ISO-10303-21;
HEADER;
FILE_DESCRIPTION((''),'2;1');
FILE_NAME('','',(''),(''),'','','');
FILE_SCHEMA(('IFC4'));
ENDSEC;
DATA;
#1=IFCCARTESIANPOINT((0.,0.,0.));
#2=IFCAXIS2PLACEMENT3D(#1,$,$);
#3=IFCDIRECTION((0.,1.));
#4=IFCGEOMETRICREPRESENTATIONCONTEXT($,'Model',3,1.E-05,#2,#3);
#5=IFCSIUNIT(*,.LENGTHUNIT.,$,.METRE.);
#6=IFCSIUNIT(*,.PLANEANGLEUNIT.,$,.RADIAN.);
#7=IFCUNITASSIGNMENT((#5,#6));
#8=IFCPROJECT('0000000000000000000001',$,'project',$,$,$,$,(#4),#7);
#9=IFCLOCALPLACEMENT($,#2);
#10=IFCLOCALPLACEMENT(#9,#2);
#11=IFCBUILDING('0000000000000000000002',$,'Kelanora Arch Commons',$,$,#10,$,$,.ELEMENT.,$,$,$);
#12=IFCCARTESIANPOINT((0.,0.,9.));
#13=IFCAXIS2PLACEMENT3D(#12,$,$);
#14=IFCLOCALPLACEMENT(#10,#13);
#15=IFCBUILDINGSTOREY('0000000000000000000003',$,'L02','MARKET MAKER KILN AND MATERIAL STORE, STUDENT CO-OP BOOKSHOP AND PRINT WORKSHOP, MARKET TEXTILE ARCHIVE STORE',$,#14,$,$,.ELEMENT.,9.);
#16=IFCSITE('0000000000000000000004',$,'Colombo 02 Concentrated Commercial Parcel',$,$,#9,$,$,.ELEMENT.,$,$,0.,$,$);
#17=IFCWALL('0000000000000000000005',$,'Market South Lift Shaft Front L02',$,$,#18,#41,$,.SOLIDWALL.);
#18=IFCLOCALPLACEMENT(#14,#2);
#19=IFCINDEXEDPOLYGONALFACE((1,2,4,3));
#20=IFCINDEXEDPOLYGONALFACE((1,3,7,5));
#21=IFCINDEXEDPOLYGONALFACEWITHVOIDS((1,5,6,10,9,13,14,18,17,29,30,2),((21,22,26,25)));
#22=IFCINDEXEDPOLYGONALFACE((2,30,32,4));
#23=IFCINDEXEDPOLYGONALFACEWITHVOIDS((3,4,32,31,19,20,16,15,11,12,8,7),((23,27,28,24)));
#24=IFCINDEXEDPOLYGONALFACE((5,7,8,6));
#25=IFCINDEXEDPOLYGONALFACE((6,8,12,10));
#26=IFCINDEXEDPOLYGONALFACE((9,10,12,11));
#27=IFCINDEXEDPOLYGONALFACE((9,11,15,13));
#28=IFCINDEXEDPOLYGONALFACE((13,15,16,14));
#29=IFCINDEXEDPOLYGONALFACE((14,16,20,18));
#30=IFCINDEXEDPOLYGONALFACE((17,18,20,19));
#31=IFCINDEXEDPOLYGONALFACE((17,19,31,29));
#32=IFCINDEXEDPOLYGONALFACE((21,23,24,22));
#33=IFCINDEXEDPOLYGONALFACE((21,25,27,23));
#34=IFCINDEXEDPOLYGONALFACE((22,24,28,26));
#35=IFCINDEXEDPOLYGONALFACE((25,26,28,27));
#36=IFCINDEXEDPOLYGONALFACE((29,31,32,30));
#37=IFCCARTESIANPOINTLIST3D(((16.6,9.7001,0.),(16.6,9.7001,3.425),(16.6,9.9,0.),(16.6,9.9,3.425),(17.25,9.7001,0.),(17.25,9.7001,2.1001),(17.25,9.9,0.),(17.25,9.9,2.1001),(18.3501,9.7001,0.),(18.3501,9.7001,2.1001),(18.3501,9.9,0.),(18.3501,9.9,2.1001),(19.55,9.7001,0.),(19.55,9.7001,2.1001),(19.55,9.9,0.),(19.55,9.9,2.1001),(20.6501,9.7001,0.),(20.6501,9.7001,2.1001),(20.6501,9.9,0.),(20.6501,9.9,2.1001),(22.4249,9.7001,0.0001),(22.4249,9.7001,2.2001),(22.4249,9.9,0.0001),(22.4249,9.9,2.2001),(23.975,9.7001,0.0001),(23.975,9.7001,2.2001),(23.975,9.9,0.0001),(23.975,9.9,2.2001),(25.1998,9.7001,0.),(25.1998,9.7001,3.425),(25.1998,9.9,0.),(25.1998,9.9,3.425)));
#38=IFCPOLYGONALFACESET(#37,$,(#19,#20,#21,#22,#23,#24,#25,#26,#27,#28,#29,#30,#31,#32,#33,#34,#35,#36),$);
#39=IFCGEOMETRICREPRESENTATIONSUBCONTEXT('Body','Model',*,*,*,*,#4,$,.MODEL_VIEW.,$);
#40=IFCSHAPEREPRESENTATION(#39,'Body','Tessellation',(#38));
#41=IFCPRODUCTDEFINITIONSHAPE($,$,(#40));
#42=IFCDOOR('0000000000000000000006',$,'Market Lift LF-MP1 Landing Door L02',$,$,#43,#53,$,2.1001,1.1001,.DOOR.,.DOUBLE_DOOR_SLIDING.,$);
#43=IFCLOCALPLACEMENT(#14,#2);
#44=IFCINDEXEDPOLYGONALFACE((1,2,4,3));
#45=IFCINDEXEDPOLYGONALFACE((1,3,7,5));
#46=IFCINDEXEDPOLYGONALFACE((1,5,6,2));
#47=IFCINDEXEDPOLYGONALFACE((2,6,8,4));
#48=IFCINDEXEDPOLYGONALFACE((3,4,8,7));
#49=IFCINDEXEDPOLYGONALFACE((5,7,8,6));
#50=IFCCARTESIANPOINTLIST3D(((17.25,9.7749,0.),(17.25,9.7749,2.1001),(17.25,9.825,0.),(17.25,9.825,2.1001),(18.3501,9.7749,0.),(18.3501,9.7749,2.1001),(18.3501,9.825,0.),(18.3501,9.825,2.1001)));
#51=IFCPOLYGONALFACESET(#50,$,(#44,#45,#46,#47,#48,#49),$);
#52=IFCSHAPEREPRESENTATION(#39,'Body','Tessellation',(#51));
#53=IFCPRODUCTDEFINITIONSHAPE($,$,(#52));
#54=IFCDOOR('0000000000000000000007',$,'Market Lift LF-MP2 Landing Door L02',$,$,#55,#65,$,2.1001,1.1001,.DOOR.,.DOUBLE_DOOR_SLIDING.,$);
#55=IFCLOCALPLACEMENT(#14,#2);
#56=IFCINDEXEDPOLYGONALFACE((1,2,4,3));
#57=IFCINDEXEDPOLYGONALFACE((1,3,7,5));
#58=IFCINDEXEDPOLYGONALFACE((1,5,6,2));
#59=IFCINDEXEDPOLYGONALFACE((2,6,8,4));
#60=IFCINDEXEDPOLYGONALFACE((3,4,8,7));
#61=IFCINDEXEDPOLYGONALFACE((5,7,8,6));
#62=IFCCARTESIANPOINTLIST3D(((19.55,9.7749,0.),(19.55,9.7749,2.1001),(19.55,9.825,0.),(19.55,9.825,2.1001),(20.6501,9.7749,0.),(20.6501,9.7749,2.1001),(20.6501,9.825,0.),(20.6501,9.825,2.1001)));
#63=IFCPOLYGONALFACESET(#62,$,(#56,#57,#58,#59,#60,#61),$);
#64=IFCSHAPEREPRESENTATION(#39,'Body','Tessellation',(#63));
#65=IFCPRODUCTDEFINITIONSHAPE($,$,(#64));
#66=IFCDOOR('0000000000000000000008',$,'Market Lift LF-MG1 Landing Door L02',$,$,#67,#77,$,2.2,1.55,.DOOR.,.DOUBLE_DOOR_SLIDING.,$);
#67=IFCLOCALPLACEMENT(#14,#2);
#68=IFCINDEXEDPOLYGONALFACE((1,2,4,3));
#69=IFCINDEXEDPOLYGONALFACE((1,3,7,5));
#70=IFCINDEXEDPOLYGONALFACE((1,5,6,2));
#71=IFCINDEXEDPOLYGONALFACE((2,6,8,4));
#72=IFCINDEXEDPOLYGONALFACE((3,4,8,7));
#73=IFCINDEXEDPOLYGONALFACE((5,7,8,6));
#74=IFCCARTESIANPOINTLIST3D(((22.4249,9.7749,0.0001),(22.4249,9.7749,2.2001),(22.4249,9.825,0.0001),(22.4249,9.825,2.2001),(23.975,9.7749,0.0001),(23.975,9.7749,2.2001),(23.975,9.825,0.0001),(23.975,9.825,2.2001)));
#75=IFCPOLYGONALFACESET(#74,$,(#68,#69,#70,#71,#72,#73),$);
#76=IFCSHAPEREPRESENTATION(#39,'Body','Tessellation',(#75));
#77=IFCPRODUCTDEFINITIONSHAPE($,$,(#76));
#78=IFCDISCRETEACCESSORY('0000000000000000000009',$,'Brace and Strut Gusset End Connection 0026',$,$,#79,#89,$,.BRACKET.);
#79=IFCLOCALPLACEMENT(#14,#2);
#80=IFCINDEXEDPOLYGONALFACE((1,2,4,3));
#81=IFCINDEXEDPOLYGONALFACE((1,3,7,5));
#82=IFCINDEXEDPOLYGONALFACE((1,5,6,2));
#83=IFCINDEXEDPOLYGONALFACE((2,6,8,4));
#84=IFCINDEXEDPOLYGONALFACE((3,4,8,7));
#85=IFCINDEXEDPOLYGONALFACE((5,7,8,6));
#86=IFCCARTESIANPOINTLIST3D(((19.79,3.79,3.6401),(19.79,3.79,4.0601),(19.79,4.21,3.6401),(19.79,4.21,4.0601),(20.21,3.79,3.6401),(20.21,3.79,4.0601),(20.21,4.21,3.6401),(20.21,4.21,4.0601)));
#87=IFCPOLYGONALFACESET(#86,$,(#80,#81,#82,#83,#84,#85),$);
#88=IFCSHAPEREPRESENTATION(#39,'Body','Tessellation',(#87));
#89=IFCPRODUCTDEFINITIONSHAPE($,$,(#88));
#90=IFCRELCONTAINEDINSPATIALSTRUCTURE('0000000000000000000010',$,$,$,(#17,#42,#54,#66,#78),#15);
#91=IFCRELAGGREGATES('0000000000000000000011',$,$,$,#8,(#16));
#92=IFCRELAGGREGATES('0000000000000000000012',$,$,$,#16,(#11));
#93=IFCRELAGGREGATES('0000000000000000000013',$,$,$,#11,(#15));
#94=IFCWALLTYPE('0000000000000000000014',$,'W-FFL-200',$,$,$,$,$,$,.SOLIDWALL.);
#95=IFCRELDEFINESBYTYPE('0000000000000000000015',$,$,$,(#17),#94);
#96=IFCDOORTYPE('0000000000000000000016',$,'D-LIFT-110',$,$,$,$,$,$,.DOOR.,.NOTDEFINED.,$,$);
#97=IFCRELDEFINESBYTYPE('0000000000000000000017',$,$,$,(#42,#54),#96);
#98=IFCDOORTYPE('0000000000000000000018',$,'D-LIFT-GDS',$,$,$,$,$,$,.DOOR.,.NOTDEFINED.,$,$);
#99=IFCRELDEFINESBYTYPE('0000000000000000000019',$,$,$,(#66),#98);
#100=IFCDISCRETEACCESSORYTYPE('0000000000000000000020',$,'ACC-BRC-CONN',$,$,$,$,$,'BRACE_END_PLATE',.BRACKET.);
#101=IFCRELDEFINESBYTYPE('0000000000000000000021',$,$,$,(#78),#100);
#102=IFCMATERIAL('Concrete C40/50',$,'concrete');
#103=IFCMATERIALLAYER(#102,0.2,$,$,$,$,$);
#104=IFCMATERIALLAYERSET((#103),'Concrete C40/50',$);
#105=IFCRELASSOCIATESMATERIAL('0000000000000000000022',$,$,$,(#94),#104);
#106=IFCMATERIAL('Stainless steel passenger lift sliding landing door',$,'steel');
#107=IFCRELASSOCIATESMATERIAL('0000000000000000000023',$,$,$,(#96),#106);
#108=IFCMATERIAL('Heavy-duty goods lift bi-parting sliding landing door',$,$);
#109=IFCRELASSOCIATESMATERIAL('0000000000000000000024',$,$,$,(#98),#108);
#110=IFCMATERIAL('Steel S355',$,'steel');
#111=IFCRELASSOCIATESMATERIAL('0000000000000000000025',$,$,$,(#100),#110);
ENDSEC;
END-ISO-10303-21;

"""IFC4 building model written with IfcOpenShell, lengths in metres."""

from ifc_helpers import new_model, si_unit, direction, frame, frame_2d, origin, origin_2d, place, context, subcontext, project, spatial, rectangle, extrude, source, transform, mapped, material, layer, layer_set, type_object, element, fill, save


model = new_model("IFC4")

# Units and contexts
model_context = context("Model", 3, precision=1e-05, world=origin(), true_north=direction((0.0, 1.0)))
body_context = subcontext(model_context, "Body", "Model", "MODEL_VIEW")
ifc_project = project(units=[si_unit("LENGTHUNIT", "METRE"), si_unit("PLANEANGLEUNIT", "RADIAN")], contexts=[model_context])

# Site, building, storey
site_placement = place(None, origin())
site = spatial("IfcSite", under=ifc_project, at=site_placement, Name="Colombo 02 Concentrated Commercial Parcel", CompositionType="ELEMENT", RefElevation=0.0)
building_placement = place(site_placement, origin())
building = spatial("IfcBuilding", under=site, at=building_placement, Name="Kelanora Arch Commons", CompositionType="ELEMENT")
storey_placement = place(building_placement, frame((0.0, 0.0, 9.0)))
storey = spatial("IfcBuildingStorey", under=building, at=storey_placement, Name="L02", Description="MARKET MAKER KILN AND MATERIAL STORE, STUDENT CO-OP BOOKSHOP AND PRINT WORKSHOP, MARKET TEXTILE ARCHIVE STORE", CompositionType="ELEMENT", Elevation=9.0)

# Shared definitions
ifc_material_1 = material(Name="Concrete C40/50", Category="concrete")

# Wall, openings, doors
ifc_layer_1 = layer(ifc_material_1, 0.2)
ifc_layer_set_1 = layer_set([ifc_layer_1], Name="Concrete C40/50")
wall_type_1 = type_object("IfcWallType", Name="W-FFL-200", PredefinedType="SOLIDWALL", material=ifc_layer_set_1)
wall_1_placement = place(storey_placement, frame((16.6001, 9.8, 0.0), z_axis=(0.0, 0.0, 1.0), x_axis=(1.0, 0.0, 0.0)))
wall_1 = element("IfcWall", 1, at=wall_1_placement, inside=storey, type_object=wall_type_1, Name="Market South Lift Shaft Front L02", PredefinedType="SOLIDWALL", context=body_context, shape_type="SweptSolid", body=[
    extrude(rectangle(XDim=8.5999, YDim=0.2, at=frame_2d((4.2998, 0.0))), origin(), (0.0, 0.0, 1.0), 3.425),
])
opening_1_placement = place(wall_1_placement, frame((0.6499, 0.0, 0.0)))
opening_1 = element("IfcOpeningElement", 2, at=opening_1_placement, cuts=wall_1, PredefinedType="OPENING", context=body_context, shape_type="SweptSolid", body=[
    extrude(rectangle(XDim=1.1001, YDim=2.1001, at=frame_2d((0.55, 1.05))), frame((0.0, 0.1099, 0.0), z_axis=(0.0, -1.0, 0.0), x_axis=(1.0, 0.0, 0.0)), (0.0, 0.0, 1.0), 0.22),
])
opening_2_placement = place(wall_1_placement, frame((2.95, 0.0, 0.0)))
opening_2 = element("IfcOpeningElement", 3, at=opening_2_placement, cuts=wall_1, PredefinedType="OPENING", context=body_context, shape_type="SweptSolid", body=[
    extrude(rectangle(XDim=1.1001, YDim=2.1001, at=frame_2d((0.55, 1.05))), frame((0.0, 0.1099, 0.0), z_axis=(0.0, -1.0, 0.0), x_axis=(1.0, 0.0, 0.0)), (0.0, 0.0, 1.0), 0.22),
])
opening_3_placement = place(wall_1_placement, frame((5.825, 0.0, 0.0)))
opening_3 = element("IfcOpeningElement", 4, at=opening_3_placement, cuts=wall_1, PredefinedType="OPENING", context=body_context, shape_type="SweptSolid", body=[
    extrude(rectangle(XDim=1.55, YDim=2.2, at=frame_2d((0.7749, 1.1001))), frame((0.0, 0.1099, 0.0), z_axis=(0.0, -1.0, 0.0), x_axis=(1.0, 0.0, 0.0)), (0.0, 0.0, 1.0), 0.22),
])
ifc_material_2 = material(Name="Stainless steel passenger lift sliding landing door", Category="steel")
door_type_1 = type_object("IfcDoorType", Name="D-LIFT-110", OperationType="NOTDEFINED", PredefinedType="DOOR", material=ifc_material_2)
door_1_placement = place(opening_1_placement, origin())
door_1 = element("IfcDoor", 5, at=door_1_placement, inside=storey, type_object=door_type_1, Name="Market Lift LF-MP1 Landing Door L02", OperationType="DOUBLE_DOOR_SLIDING", OverallHeight=2.1001, OverallWidth=1.1001, PredefinedType="DOOR", context=body_context, shape_type="SweptSolid", body=[
    extrude(rectangle(XDim=1.1001, YDim=2.1001, at=frame_2d((0.55, 1.05))), frame((0.0, 0.0249, 0.0), z_axis=(0.0, -1.0, 0.0), x_axis=(1.0, 0.0, 0.0)), (0.0, 0.0, 1.0), 0.05),
])
fill(opening_1, door_1)
door_2_placement = place(opening_2_placement, origin())
door_2 = element("IfcDoor", 6, at=door_2_placement, inside=storey, type_object=door_type_1, Name="Market Lift LF-MP2 Landing Door L02", OperationType="DOUBLE_DOOR_SLIDING", OverallHeight=2.1001, OverallWidth=1.1001, PredefinedType="DOOR", context=body_context, shape_type="SweptSolid", body=[
    extrude(rectangle(XDim=1.1001, YDim=2.1001, at=frame_2d((0.55, 1.05))), frame((0.0, 0.0249, 0.0), z_axis=(0.0, -1.0, 0.0), x_axis=(1.0, 0.0, 0.0)), (0.0, 0.0, 1.0), 0.05),
])
fill(opening_2, door_2)
ifc_material_3 = material(Name="Heavy-duty goods lift bi-parting sliding landing door")
door_type_2 = type_object("IfcDoorType", Name="D-LIFT-GDS", OperationType="NOTDEFINED", PredefinedType="DOOR", material=ifc_material_3)
door_3_placement = place(opening_3_placement, origin())
door_3 = element("IfcDoor", 7, at=door_3_placement, inside=storey, type_object=door_type_2, Name="Market Lift LF-MG1 Landing Door L02", OperationType="DOUBLE_DOOR_SLIDING", OverallHeight=2.2, OverallWidth=1.55, PredefinedType="DOOR", context=body_context, shape_type="SweptSolid", body=[
    extrude(rectangle(XDim=1.55, YDim=2.2, at=frame_2d((0.7749, 1.1001))), frame((0.0, 0.0249, 0.0), z_axis=(0.0, -1.0, 0.0), x_axis=(1.0, 0.0, 0.0)), (0.0, 0.0, 1.0), 0.05),
])
fill(opening_3, door_3)

# Discrete accessory
ifc_material_4 = material(Name="Steel S355", Category="steel")
discrete_accessory_type = type_object("IfcDiscreteAccessoryType", Name="ACC-BRC-CONN", ElementType="BRACE_END_PLATE", PredefinedType="BRACKET", material=ifc_material_4)
shared_shape_1 = source(origin(), body_context, "Body", "SweptSolid", [
    extrude(rectangle(XDim=0.4199, YDim=0.4199, at=origin_2d()), origin(), (0.0, 0.0, 1.0), 0.4199),
])
discrete_accessory_placement = place(storey_placement, frame((20.0, 4.0, 3.6401), z_axis=(0.0, 0.0, 1.0), x_axis=(1.0, 0.0, 0.0)))
element("IfcDiscreteAccessory", 8, at=discrete_accessory_placement, inside=storey, type_object=discrete_accessory_type, Name="Brace and Strut Gusset End Connection 0026", PredefinedType="BRACKET", context=body_context, shape_type="MappedRepresentation", body=[
    mapped(shared_shape_1, transform((0.0, 0.0, 0.0), scale=1.0)),
])

save(model, "model.ifc")
